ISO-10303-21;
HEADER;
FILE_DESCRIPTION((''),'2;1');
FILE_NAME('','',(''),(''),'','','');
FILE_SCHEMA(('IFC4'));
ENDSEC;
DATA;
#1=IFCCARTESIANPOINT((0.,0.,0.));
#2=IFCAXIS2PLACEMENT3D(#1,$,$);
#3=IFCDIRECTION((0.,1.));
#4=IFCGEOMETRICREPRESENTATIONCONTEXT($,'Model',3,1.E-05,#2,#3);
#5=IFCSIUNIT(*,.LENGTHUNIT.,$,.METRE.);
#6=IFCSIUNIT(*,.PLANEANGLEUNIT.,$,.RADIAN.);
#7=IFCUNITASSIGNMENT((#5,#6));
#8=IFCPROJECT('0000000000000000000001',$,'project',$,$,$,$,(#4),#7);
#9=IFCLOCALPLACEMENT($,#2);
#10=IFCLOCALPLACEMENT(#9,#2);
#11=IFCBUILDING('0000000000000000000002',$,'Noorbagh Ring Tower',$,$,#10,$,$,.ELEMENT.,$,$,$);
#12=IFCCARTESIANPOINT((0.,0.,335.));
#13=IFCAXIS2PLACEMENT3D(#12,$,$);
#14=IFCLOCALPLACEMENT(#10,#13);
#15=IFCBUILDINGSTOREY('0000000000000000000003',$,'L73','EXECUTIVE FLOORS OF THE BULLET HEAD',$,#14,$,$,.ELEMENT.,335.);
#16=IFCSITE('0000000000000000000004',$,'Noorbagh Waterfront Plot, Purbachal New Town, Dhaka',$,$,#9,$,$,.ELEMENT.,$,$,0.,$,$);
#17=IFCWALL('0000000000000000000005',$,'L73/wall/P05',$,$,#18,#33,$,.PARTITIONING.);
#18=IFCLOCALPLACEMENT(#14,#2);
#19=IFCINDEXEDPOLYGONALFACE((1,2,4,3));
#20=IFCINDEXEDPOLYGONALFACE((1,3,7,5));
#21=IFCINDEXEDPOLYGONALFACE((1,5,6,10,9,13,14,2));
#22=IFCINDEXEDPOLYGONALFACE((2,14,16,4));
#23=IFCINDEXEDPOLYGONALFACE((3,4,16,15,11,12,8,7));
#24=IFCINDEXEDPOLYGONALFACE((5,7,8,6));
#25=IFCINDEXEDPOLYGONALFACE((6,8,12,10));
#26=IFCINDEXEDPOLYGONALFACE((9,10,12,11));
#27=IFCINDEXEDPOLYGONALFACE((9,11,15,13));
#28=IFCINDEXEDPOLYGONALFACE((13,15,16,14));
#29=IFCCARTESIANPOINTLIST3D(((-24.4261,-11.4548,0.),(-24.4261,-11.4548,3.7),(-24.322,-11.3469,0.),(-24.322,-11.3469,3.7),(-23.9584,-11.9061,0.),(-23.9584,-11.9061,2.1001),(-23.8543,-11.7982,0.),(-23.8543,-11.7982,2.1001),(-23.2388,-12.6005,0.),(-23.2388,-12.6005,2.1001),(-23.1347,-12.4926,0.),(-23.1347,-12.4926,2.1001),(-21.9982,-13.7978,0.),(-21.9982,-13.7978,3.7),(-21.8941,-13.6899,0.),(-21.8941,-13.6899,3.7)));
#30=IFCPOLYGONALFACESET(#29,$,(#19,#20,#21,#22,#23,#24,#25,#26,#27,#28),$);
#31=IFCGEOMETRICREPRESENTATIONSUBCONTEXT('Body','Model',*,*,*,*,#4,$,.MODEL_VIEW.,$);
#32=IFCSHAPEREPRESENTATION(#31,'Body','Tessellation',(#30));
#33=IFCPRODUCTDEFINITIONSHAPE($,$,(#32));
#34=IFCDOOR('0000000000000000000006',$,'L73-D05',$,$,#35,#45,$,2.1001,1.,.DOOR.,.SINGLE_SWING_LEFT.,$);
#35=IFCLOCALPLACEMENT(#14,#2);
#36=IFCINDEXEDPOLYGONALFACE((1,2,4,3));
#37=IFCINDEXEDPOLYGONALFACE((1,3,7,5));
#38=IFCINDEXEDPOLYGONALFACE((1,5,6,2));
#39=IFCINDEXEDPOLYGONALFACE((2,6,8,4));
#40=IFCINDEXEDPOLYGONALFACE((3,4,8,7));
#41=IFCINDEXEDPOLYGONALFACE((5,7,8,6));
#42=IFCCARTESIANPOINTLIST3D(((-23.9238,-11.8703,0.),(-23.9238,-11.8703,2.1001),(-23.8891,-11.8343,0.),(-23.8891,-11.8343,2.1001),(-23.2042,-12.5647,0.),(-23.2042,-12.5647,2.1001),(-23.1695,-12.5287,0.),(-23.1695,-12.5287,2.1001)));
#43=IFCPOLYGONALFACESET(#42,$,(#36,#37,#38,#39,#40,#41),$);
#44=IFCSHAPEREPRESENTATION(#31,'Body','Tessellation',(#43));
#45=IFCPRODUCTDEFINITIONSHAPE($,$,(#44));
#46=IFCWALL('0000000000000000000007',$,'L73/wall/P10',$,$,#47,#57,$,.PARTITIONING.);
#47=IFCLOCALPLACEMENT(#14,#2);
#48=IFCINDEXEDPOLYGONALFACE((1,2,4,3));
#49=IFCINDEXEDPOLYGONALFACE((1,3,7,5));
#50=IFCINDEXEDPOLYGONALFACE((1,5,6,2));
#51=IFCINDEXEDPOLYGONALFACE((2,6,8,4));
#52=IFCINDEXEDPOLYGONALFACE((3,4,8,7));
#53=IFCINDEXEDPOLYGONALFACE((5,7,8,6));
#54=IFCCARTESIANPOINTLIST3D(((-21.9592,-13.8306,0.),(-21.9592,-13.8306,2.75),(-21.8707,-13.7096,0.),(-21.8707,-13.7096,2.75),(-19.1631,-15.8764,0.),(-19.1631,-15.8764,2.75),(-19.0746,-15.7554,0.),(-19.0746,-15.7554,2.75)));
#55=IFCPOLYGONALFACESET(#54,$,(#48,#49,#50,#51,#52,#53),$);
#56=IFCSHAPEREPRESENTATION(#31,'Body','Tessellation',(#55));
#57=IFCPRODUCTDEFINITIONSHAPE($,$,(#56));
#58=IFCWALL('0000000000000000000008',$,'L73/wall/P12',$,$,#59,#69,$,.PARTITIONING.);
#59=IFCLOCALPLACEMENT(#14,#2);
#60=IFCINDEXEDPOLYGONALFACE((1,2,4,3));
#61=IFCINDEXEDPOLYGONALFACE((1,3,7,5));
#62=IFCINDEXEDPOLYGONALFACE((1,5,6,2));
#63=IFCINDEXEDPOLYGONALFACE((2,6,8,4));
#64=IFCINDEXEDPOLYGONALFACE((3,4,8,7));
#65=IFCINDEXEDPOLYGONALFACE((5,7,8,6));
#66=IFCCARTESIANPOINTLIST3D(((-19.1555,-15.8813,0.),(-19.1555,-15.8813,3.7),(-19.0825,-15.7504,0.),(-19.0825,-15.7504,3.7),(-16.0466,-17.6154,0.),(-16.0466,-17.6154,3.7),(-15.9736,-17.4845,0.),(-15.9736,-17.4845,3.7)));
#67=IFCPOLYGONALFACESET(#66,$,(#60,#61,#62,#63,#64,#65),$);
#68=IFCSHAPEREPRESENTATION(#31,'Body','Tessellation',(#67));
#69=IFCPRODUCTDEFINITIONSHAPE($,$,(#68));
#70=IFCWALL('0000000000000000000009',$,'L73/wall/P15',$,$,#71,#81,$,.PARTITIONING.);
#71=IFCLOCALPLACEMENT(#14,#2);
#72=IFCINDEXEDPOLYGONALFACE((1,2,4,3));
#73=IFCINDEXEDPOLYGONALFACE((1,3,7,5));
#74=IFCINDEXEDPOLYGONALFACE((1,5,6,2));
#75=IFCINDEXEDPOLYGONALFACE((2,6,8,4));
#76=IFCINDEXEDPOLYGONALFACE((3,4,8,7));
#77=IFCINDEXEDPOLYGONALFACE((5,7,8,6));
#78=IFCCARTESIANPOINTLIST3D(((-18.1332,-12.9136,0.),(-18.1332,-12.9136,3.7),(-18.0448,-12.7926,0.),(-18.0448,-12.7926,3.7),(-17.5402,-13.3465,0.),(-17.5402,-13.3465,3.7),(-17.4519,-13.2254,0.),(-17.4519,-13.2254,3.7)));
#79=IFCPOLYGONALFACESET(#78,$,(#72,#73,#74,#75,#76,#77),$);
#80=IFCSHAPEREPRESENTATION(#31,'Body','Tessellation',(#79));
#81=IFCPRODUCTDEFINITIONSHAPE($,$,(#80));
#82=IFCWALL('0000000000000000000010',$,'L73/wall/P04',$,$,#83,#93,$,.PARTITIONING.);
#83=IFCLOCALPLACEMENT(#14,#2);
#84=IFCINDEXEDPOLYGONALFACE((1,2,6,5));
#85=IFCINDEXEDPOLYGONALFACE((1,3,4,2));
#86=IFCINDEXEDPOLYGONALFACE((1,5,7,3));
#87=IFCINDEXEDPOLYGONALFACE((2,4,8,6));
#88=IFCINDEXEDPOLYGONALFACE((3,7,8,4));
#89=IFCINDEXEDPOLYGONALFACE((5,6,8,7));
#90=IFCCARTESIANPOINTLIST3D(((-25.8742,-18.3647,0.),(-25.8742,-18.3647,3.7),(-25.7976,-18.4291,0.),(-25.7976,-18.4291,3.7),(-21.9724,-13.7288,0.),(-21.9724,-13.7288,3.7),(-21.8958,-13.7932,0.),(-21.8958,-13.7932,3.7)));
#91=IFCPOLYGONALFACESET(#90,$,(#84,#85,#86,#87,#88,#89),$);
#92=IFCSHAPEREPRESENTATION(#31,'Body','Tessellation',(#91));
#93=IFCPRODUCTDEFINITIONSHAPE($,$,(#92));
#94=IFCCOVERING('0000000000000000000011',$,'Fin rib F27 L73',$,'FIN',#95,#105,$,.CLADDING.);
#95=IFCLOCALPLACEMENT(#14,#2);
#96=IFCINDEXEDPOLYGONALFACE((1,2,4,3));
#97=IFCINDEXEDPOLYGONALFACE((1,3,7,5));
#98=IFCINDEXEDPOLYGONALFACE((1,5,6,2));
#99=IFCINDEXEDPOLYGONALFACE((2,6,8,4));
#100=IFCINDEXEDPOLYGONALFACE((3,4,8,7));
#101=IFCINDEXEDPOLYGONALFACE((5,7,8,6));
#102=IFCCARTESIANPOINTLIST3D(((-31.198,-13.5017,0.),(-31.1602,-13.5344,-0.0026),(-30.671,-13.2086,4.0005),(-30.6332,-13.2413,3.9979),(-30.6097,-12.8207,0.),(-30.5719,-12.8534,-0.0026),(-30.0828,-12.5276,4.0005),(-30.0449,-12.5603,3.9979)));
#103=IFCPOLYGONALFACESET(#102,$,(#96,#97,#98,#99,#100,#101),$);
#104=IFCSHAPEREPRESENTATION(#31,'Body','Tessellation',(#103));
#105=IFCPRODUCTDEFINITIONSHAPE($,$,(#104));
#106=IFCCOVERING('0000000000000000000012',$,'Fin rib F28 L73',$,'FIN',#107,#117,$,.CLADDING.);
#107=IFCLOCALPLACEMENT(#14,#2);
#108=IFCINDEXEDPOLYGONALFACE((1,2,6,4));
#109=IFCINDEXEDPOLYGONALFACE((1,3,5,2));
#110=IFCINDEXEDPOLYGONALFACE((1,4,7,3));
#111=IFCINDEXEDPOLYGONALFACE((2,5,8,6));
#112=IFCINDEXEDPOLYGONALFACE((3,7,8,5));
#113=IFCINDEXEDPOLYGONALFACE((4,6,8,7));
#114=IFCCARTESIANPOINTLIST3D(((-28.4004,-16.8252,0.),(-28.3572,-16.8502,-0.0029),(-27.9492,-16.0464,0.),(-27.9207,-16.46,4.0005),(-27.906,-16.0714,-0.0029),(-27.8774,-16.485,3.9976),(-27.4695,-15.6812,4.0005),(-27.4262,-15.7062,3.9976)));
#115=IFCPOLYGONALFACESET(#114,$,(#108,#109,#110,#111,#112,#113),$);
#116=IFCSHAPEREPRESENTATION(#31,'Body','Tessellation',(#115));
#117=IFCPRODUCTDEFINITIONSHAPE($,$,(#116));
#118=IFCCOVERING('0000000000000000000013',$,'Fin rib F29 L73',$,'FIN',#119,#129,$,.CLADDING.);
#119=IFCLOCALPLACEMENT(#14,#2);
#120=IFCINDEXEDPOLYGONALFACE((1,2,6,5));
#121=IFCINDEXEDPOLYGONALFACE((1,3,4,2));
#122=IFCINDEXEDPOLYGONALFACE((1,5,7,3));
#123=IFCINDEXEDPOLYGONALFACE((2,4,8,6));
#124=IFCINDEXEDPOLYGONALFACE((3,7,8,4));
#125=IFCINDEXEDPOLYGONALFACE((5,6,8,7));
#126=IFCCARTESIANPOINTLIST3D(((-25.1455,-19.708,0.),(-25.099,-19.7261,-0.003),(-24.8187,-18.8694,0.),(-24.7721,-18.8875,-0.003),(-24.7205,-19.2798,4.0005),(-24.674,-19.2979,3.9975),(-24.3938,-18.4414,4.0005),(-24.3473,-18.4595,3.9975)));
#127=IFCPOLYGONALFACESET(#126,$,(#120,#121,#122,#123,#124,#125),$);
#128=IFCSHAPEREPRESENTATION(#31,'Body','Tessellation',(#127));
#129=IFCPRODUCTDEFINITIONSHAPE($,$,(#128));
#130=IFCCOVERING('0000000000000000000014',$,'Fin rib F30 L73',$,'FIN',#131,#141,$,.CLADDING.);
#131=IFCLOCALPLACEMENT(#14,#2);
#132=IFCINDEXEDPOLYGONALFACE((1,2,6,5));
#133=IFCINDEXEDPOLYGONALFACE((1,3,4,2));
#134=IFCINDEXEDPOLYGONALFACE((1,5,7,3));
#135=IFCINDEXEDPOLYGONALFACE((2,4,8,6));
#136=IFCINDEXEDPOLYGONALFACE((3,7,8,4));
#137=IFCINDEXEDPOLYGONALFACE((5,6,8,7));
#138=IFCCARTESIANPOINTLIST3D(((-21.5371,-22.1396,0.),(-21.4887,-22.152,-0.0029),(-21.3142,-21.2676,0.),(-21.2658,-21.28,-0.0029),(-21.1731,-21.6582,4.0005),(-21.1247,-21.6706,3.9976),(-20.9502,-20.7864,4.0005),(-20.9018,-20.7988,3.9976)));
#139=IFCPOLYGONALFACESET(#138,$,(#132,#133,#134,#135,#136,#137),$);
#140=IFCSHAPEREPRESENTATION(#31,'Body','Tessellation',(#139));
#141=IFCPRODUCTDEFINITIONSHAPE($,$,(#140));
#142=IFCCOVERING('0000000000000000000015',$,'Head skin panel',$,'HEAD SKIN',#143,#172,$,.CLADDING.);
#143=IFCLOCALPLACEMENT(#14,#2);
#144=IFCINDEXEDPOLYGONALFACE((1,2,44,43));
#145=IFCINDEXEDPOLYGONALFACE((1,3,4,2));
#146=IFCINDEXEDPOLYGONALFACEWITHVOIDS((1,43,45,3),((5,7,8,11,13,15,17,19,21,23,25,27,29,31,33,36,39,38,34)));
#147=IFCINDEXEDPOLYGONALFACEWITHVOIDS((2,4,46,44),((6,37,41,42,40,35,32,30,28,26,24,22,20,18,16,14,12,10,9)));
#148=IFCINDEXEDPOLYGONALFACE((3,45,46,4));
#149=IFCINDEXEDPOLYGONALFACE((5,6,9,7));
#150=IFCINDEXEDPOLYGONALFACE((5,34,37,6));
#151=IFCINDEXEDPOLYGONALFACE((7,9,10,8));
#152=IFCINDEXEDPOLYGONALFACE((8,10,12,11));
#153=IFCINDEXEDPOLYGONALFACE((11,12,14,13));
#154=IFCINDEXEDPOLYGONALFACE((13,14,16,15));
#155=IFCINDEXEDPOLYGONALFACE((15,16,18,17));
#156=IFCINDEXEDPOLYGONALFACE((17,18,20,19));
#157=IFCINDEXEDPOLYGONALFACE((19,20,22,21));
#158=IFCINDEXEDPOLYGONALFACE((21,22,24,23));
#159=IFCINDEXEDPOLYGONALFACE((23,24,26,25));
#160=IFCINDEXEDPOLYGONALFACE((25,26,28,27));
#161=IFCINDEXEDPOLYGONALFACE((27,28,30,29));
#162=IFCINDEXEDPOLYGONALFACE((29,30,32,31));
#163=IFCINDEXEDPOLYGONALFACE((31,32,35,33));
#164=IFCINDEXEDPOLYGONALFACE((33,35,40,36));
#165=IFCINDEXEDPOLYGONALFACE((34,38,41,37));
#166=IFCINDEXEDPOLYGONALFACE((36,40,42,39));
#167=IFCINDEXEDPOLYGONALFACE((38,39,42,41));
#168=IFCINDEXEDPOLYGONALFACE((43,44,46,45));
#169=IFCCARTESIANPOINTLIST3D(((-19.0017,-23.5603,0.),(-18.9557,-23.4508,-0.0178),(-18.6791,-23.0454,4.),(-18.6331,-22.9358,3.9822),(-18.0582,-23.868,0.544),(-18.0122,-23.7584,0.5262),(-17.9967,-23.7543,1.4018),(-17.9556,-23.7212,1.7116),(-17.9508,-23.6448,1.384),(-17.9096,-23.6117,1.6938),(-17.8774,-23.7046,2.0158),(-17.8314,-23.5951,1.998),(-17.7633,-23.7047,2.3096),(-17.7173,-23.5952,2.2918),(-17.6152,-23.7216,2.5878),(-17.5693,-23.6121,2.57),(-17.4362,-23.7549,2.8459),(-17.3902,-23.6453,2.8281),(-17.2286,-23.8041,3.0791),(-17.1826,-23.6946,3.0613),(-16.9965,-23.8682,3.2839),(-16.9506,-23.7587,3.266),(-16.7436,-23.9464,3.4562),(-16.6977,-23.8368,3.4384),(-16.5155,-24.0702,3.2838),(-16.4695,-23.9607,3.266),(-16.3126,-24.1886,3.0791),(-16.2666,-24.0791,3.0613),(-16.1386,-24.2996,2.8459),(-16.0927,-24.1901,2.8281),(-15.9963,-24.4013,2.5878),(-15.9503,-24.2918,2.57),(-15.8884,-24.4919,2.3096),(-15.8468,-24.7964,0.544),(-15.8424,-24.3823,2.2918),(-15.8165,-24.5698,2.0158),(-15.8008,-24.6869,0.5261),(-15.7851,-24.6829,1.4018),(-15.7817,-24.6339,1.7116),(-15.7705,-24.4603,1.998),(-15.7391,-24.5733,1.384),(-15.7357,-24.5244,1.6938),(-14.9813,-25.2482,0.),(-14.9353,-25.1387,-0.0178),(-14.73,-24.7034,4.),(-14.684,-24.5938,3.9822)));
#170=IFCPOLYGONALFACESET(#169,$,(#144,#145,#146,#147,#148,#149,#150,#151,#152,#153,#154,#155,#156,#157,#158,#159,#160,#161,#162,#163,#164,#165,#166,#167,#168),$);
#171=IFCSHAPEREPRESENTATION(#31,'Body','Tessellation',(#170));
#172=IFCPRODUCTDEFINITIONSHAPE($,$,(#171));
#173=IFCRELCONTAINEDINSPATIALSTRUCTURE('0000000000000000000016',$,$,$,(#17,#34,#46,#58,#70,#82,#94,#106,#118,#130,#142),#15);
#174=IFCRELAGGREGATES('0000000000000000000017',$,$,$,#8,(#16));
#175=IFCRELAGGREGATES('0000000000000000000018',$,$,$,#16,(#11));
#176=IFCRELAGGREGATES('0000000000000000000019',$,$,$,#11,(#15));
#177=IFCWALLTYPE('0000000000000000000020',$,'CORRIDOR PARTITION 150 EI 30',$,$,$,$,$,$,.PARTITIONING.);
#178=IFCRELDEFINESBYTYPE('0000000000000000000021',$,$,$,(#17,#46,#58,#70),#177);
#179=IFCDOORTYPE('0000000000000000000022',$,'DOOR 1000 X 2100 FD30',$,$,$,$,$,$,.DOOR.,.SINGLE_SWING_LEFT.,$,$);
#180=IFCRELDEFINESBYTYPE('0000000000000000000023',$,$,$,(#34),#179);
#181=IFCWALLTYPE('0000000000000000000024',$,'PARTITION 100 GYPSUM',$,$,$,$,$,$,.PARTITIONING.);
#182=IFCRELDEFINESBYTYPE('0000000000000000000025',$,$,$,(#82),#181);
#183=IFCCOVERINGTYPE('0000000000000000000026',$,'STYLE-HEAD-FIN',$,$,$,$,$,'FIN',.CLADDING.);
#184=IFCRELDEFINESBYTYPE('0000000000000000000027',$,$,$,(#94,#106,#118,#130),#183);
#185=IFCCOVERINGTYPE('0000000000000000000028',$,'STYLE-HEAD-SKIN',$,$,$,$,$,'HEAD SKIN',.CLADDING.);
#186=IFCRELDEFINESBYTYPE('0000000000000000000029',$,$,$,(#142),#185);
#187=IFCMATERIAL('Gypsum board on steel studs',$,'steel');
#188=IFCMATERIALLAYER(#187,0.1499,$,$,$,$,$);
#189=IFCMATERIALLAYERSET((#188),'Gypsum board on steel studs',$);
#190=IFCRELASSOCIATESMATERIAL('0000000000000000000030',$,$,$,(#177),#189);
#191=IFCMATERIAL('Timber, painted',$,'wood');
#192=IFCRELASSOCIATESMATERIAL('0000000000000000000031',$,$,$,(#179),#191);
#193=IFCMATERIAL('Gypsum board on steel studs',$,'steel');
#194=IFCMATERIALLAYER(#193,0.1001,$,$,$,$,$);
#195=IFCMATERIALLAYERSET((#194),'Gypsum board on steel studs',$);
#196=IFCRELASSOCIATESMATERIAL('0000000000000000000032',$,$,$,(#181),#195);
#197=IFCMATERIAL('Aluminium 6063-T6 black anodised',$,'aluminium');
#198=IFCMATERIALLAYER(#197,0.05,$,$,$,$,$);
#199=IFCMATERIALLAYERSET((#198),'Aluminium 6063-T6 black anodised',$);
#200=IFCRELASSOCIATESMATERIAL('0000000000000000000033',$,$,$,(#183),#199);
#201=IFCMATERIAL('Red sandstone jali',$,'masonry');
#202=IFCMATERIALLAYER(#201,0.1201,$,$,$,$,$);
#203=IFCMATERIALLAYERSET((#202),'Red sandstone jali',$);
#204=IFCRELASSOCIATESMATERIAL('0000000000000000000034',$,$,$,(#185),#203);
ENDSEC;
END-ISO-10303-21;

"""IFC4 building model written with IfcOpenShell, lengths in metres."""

from ifc_helpers import new_model, si_unit, direction, frame, frame_2d, origin, place, context, subcontext, project, spatial, polyline, rectangle, outline, extrude, material, layer, layer_set, type_object, element, fill, save


model = new_model("IFC4")

# Units and contexts
model_context = context("Model", 3, precision=1e-05, world=origin(), true_north=direction((0.0, 1.0)))
body_context = subcontext(model_context, "Body", "Model", "MODEL_VIEW")
ifc_project = project(units=[si_unit("LENGTHUNIT", "METRE"), si_unit("PLANEANGLEUNIT", "RADIAN")], contexts=[model_context])

# Site, building, storey
site_placement = place(None, origin())
site = spatial("IfcSite", under=ifc_project, at=site_placement, Name="Noorbagh Waterfront Plot, Purbachal New Town, Dhaka", CompositionType="ELEMENT", RefElevation=0.0)
building_placement = place(site_placement, origin())
building = spatial("IfcBuilding", under=site, at=building_placement, Name="Noorbagh Ring Tower", CompositionType="ELEMENT")
storey_placement = place(building_placement, frame((0.0, 0.0, 335.0)))
storey = spatial("IfcBuildingStorey", under=building, at=storey_placement, Name="L73", Description="EXECUTIVE FLOORS OF THE BULLET HEAD", CompositionType="ELEMENT", Elevation=335.0)

# Wall, opening, door
ifc_material_1 = material(Name="Gypsum board on steel studs", Category="steel")
ifc_layer_1 = layer(ifc_material_1, 0.1499)
ifc_layer_set_1 = layer_set([ifc_layer_1], Name="Gypsum board on steel studs")
wall_type_1 = type_object("IfcWallType", Name="CORRIDOR PARTITION 150 EI 30", PredefinedType="PARTITIONING", material=ifc_layer_set_1)
wall_1_placement = place(storey_placement, frame((-24.374, -11.4009, 0.0), z_axis=(0.0, 0.0, 1.0), x_axis=(0.719585, -0.694405, 0.0)))
wall_1 = element("IfcWall", 1, at=wall_1_placement, inside=storey, type_object=wall_type_1, Name="L73/wall/P05", PredefinedType="PARTITIONING", context=body_context, shape_type="SweptSolid", body=[
    extrude(rectangle(XDim=3.374, YDim=0.1499, at=frame_2d((1.687, 0.0))), origin(), (0.0, 0.0, 1.0), 3.7),
])
opening_placement = place(wall_1_placement, frame((0.6499, 0.0, 0.0)))
opening = element("IfcOpeningElement", 2, at=opening_placement, cuts=wall_1, PredefinedType="OPENING", context=body_context, shape_type="SweptSolid", body=[
    extrude(rectangle(XDim=1.0, YDim=2.1001, at=frame_2d((0.5, 1.05))), frame((0.0, 0.085, 0.0), z_axis=(0.0, -1.0, 0.0), x_axis=(1.0, 0.0, 0.0)), (0.0, 0.0, 1.0), 0.1699),
])
ifc_material_2 = material(Name="Timber, painted", Category="wood")
door_type = type_object("IfcDoorType", Name="DOOR 1000 X 2100 FD30", OperationType="SINGLE_SWING_LEFT", PredefinedType="DOOR", material=ifc_material_2)
door_placement = place(opening_placement, origin())
door = element("IfcDoor", 3, at=door_placement, inside=storey, type_object=door_type, Name="L73-D05", OperationType="SINGLE_SWING_LEFT", OverallHeight=2.1001, OverallWidth=1.0, PredefinedType="DOOR", context=body_context, shape_type="SweptSolid", body=[
    extrude(rectangle(XDim=1.0, YDim=2.1001, at=frame_2d((0.5, 1.05))), frame((0.0, 0.0249, 0.0), z_axis=(0.0, -1.0, 0.0), x_axis=(1.0, 0.0, 0.0)), (0.0, 0.0, 1.0), 0.05),
])
fill(opening, door)

# Walls
wall_2_placement = place(storey_placement, frame((-21.915, -13.77, 0.0), z_axis=(0.0, 0.0, 1.0), x_axis=(0.807039, -0.590499, 0.0)))
element("IfcWall", 4, at=wall_2_placement, inside=storey, type_object=wall_type_1, Name="L73/wall/P10", PredefinedType="PARTITIONING", context=body_context, shape_type="SweptSolid", body=[
    extrude(rectangle(XDim=3.4646, YDim=0.1499, at=frame_2d((1.7324, 0.0))), origin(), (0.0, 0.0, 1.0), 2.75),
])
wall_3_placement = place(storey_placement, frame((-19.1189, -15.8159, 0.0), z_axis=(0.0, 0.0, 1.0), x_axis=(0.873325, -0.487139, 0.0)))
element("IfcWall", 5, at=wall_3_placement, inside=storey, type_object=wall_type_1, Name="L73/wall/P12", PredefinedType="PARTITIONING", context=body_context, shape_type="SweptSolid", body=[
    extrude(rectangle(XDim=3.5598, YDim=0.1499, at=frame_2d((1.7798, 0.0))), origin(), (0.0, 0.0, 1.0), 3.7),
])
wall_4_placement = place(storey_placement, frame((-18.0891, -12.853, 0.0), z_axis=(0.0, 0.0, 1.0), x_axis=(0.807714, -0.589575, 0.0)))
element("IfcWall", 6, at=wall_4_placement, inside=storey, type_object=wall_type_1, Name="L73/wall/P15", PredefinedType="PARTITIONING", context=body_context, shape_type="SweptSolid", body=[
    extrude(rectangle(XDim=0.7341, YDim=0.1499, at=frame_2d((0.3672, 0.0))), origin(), (0.0, 0.0, 1.0), 3.7),
])
ifc_material_3 = material(Name="Gypsum board on steel studs", Category="steel")
ifc_layer_2 = layer(ifc_material_3, 0.1001)
ifc_layer_set_2 = layer_set([ifc_layer_2], Name="Gypsum board on steel studs")
wall_type_2 = type_object("IfcWallType", Name="PARTITION 100 GYPSUM", PredefinedType="PARTITIONING", material=ifc_layer_set_2)
wall_5_placement = place(storey_placement, frame((-25.8359, -18.397, 0.0), z_axis=(0.0, 0.0, 1.0), x_axis=(0.64393, 0.765085, 0.0)))
element("IfcWall", 7, at=wall_5_placement, inside=storey, type_object=wall_type_2, Name="L73/wall/P04", PredefinedType="PARTITIONING", context=body_context, shape_type="SweptSolid", body=[
    extrude(rectangle(XDim=6.0593, YDim=0.1001, at=frame_2d((3.0298, 0.0))), origin(), (0.0, 0.0, 1.0), 3.7),
])

# Coverings
ifc_material_4 = material(Name="Aluminium 6063-T6 black anodised", Category="aluminium")
ifc_layer_3 = layer(ifc_material_4, 0.05)
ifc_layer_set_3 = layer_set([ifc_layer_3], Name="Aluminium 6063-T6 black anodised")
covering_type_1 = type_object("IfcCoveringType", Name="STYLE-HEAD-FIN", ElementType="FIN", PredefinedType="CLADDING", material=ifc_layer_set_3)
covering_1_placement = place(storey_placement, frame((-31.198, -13.5017, 0.0), z_axis=(-0.755758, 0.652805, 0.051728), x_axis=(0.130255, 0.072443, 0.98883)))
element("IfcCovering", 8, at=covering_1_placement, inside=storey, type_object=covering_type_1, Name="Fin rib F27 L73", ObjectType="FIN", PredefinedType="CLADDING", context=body_context, shape_type="SweptSolid", body=[
    extrude(outline(polyline([(0.0, 0.0), (4.0457, 0.0), (4.1716, 0.8911), (0.126, 0.891), (0.0, 0.0)])), origin(), (0.0, 0.0, -1.0), 0.05),
])
covering_2_placement = place(storey_placement, frame((-28.4004, -16.8252, 0.0), z_axis=(-0.863838, 0.50043, 0.057903), x_axis=(0.11858, 0.090278, 0.988832)))
element("IfcCovering", 9, at=covering_2_placement, inside=storey, type_object=covering_type_1, Name="Fin rib F28 L73", ObjectType="FIN", PredefinedType="CLADDING", context=body_context, shape_type="SweptSolid", body=[
    extrude(outline(polyline([(0.0, 0.0), (4.0457, 0.0), (4.1695, 0.8915), (0.1238, 0.8915), (0.0, 0.0)])), origin(), (0.0, 0.0, -1.0), 0.05),
])
covering_3_placement = place(storey_placement, frame((-25.1455, -19.708, 0.0), z_axis=(-0.930063, 0.362466, 0.060002), x_axis=(0.105045, 0.105852, 0.988818)))
element("IfcCovering", 10, at=covering_3_placement, inside=storey, type_object=covering_type_1, Name="Fin rib F29 L73", ObjectType="FIN", PredefinedType="CLADDING", context=body_context, shape_type="SweptSolid", body=[
    extrude(outline(polyline([(0.0, 0.0), (4.0457, 0.0), (4.1688, 0.8913), (0.1231, 0.8916), (0.0, 0.0)])), origin(), (0.0, 0.0, -1.0), 0.05),
])
covering_4_placement = place(storey_placement, frame((-21.5371, -22.1396, 0.0), z_axis=(-0.967199, 0.24725, 0.05826), x_axis=(0.089981, 0.118998, 0.988809)))
element("IfcCovering", 11, at=covering_4_placement, inside=storey, type_object=covering_type_1, Name="Fin rib F30 L73", ObjectType="FIN", PredefinedType="CLADDING", context=body_context, shape_type="SweptSolid", body=[
    extrude(outline(polyline([(0.0, 0.0), (4.0458, 0.0), (4.1696, 0.8913), (0.1238, 0.8915), (0.0, 0.0)])), origin(), (0.0, 0.0, -1.0), 0.05),
])
ifc_material_5 = material(Name="Red sandstone jali", Category="masonry")
ifc_layer_4 = layer(ifc_material_5, 0.1201)
ifc_layer_set_4 = layer_set([ifc_layer_4], Name="Red sandstone jali")
covering_type_2 = type_object("IfcCoveringType", Name="STYLE-HEAD-SKIN", ElementType="HEAD SKIN", PredefinedType="CLADDING", material=ifc_layer_set_4)
covering_5_placement = place(storey_placement, frame((-19.0017, -23.5603, 0.0), z_axis=(-0.382833, -0.911843, 0.148265), x_axis=(0.922033, -0.387111, -0.000003)))
element("IfcCovering", 12, at=covering_5_placement, inside=storey, type_object=covering_type_2, Name="Head skin panel", ObjectType="HEAD SKIN", PredefinedType="CLADDING", context=body_context, shape_type="SweptSolid", body=[
    extrude(outline(polyline([(0.0, 0.0), (4.3604, 0.0), (4.3811, 4.0447), (0.0981, 4.0447), (0.0, 0.0)]), holes=[polyline([(0.989, 0.55), (1.0017, 1.4175), (1.0269, 1.7307), (1.0925, 2.0383), (1.1978, 2.3354), (1.3408, 2.6167), (1.5188, 2.8777), (1.7292, 3.1135), (1.968, 3.3206), (2.2314, 3.4949), (2.4897, 3.3206), (2.7227, 3.1135), (2.926, 2.8777), (3.0967, 2.6167), (3.2312, 2.3354), (3.3276, 2.0383), (3.3845, 1.7307), (3.4004, 1.4175), (3.3875, 0.55), (0.989, 0.55)])]), origin(), (0.0, 0.0, -1.0), 0.1201),
])

save(model, "model.ifc")
